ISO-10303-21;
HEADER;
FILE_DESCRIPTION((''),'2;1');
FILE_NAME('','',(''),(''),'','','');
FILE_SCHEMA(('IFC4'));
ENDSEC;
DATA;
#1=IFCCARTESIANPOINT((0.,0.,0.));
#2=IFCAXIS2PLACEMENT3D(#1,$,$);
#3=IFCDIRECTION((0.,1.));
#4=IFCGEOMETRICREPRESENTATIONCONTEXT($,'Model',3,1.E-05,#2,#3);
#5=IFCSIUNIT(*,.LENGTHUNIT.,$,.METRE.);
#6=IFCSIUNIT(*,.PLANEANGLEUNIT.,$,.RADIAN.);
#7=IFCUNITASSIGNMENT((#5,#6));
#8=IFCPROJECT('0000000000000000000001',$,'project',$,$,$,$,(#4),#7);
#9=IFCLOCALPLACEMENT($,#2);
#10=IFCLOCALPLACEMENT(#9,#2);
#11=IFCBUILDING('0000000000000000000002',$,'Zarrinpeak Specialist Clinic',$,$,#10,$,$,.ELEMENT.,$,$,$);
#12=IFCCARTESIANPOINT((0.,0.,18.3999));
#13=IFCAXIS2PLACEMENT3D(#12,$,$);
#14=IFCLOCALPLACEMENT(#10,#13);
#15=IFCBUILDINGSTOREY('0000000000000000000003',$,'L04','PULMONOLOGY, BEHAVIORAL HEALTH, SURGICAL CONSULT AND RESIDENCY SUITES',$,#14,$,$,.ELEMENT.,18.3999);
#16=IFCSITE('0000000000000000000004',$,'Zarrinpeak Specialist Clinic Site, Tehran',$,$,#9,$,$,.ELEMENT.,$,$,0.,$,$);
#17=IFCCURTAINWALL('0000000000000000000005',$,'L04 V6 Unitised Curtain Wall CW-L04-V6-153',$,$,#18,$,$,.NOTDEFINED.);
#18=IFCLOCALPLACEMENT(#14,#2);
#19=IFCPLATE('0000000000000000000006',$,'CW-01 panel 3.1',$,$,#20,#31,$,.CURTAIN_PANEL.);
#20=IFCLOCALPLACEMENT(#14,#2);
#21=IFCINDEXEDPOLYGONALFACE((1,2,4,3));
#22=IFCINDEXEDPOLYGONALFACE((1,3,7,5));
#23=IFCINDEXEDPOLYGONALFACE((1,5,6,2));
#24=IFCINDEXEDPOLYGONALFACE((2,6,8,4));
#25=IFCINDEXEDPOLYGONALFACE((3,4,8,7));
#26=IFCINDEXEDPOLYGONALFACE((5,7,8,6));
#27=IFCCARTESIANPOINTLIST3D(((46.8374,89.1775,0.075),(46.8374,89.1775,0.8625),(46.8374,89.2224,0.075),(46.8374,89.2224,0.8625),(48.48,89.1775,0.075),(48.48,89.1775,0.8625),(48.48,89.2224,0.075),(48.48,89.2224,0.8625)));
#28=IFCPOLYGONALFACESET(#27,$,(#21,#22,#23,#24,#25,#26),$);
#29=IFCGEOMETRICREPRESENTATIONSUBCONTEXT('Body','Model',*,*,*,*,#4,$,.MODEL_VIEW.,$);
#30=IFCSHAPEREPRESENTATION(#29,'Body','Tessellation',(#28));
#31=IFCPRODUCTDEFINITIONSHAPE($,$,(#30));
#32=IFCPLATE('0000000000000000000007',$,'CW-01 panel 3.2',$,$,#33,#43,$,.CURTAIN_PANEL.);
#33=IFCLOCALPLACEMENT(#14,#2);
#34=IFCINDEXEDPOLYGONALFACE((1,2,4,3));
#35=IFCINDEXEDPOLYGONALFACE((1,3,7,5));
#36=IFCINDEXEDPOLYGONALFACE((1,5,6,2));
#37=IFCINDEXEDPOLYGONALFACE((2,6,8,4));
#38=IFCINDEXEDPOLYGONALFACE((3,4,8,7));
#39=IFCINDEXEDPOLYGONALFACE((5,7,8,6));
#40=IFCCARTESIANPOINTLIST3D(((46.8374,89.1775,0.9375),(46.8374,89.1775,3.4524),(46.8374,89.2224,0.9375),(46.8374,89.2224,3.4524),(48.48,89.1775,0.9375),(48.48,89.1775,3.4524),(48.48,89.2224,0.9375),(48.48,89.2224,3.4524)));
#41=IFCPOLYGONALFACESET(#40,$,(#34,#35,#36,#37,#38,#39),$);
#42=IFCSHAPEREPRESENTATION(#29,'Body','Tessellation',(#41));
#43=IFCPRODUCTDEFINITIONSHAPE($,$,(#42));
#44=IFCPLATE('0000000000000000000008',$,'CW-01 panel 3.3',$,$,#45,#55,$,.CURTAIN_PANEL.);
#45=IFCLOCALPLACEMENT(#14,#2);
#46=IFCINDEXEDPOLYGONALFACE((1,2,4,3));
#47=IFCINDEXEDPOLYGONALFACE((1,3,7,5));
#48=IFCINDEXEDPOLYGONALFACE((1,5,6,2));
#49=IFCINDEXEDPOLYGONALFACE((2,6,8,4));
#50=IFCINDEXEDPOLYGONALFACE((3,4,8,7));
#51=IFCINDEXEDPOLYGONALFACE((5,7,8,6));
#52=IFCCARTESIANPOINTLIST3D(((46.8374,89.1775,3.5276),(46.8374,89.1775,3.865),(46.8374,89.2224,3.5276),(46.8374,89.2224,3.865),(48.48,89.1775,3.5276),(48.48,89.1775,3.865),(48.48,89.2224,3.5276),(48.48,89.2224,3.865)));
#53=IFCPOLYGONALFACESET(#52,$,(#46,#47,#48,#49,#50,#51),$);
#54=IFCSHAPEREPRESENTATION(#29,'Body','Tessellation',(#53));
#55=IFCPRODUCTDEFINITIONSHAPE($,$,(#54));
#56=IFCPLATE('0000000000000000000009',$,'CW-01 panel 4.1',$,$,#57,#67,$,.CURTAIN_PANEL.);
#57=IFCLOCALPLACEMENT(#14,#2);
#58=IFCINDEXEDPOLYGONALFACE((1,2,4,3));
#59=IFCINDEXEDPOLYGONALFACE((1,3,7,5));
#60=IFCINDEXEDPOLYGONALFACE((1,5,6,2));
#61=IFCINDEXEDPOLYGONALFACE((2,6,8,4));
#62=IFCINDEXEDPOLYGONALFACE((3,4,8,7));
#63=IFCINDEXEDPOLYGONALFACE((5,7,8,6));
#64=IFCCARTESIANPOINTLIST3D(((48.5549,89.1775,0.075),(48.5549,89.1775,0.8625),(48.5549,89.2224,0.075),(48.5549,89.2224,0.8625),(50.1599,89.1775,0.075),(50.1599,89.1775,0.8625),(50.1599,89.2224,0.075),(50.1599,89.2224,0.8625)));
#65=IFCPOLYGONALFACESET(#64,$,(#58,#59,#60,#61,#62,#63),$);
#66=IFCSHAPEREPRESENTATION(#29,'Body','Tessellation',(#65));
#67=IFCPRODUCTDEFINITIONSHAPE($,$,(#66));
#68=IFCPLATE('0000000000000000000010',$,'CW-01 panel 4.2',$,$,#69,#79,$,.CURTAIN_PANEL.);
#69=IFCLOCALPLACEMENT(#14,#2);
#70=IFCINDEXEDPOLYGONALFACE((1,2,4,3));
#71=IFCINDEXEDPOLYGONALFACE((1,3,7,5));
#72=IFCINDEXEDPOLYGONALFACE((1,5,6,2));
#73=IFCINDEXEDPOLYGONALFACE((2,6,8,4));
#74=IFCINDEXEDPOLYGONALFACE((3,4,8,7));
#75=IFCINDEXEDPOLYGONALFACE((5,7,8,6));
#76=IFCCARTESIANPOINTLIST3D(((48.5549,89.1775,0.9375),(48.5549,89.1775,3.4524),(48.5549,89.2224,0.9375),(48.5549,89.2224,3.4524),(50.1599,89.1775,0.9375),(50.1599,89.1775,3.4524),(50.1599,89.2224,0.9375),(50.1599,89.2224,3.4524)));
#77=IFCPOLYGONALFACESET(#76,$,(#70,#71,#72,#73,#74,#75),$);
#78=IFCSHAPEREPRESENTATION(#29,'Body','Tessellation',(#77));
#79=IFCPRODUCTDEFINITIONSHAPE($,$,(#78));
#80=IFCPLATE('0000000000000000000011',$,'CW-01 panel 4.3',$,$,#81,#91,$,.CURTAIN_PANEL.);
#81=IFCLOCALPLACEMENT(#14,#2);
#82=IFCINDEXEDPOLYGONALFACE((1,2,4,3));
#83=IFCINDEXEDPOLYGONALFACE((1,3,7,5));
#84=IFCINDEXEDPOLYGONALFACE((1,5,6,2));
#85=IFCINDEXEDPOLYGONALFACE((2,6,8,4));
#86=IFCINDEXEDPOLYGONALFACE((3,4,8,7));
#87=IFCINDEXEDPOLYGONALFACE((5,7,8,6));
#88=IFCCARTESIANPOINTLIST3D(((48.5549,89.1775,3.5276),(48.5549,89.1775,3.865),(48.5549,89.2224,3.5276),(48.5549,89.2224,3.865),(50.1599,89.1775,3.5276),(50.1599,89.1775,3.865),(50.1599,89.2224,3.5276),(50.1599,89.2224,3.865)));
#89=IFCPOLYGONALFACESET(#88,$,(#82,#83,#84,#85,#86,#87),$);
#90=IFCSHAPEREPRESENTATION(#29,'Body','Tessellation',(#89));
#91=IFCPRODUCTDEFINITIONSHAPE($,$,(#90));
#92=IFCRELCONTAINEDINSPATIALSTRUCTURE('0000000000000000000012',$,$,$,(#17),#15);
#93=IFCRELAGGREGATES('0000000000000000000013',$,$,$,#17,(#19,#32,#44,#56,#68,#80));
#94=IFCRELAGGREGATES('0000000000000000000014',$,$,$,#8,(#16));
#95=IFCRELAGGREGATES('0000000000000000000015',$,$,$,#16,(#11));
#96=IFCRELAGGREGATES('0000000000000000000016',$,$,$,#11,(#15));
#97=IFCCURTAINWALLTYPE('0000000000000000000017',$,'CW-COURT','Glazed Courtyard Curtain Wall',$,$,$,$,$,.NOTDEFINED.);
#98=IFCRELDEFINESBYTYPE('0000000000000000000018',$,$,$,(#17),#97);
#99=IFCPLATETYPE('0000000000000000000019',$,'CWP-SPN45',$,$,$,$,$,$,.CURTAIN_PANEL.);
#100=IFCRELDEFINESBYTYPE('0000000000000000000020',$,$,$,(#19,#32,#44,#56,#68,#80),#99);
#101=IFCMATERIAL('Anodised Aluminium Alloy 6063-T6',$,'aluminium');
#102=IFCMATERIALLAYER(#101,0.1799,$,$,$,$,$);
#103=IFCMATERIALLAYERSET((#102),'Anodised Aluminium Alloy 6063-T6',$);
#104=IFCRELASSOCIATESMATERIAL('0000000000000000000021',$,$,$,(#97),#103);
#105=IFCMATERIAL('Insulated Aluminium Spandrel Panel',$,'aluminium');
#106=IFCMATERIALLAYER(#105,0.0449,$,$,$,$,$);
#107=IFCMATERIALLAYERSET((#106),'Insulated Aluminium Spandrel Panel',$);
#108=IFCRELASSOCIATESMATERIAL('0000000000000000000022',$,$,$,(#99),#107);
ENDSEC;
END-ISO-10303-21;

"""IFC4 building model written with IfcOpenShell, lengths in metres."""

from ifc_helpers import new_model, si_unit, direction, frame, origin, origin_2d, place, context, subcontext, project, spatial, rectangle, extrude, material, layer, layer_set, type_object, element, aggregate, save


model = new_model("IFC4")

# Units and contexts
model_context = context("Model", 3, precision=1e-05, world=origin(), true_north=direction((0.0, 1.0)))
body_context = subcontext(model_context, "Body", "Model", "MODEL_VIEW")
ifc_project = project(units=[si_unit("LENGTHUNIT", "METRE"), si_unit("PLANEANGLEUNIT", "RADIAN")], contexts=[model_context])

# Site, building, storey
site_placement = place(None, origin())
site = spatial("IfcSite", under=ifc_project, at=site_placement, Name="Zarrinpeak Specialist Clinic Site, Tehran", CompositionType="ELEMENT", RefElevation=0.0)
building_placement = place(site_placement, origin())
building = spatial("IfcBuilding", under=site, at=building_placement, Name="Zarrinpeak Specialist Clinic", CompositionType="ELEMENT")
storey_placement = place(building_placement, frame((0.0, 0.0, 18.3999)))
storey = spatial("IfcBuildingStorey", under=building, at=storey_placement, Name="L04", Description="PULMONOLOGY, BEHAVIORAL HEALTH, SURGICAL CONSULT AND RESIDENCY SUITES", CompositionType="ELEMENT", Elevation=18.3999)

# Curtain wall
ifc_material_1 = material(Name="Anodised Aluminium Alloy 6063-T6", Category="aluminium")
ifc_layer_1 = layer(ifc_material_1, 0.1799)
ifc_layer_set_1 = layer_set([ifc_layer_1], Name="Anodised Aluminium Alloy 6063-T6")
curtain_wall_type = type_object("IfcCurtainWallType", Name="CW-COURT", Description="Glazed Courtyard Curtain Wall", PredefinedType="NOTDEFINED", material=ifc_layer_set_1)
curtain_wall_1_placement = place(storey_placement, origin())
curtain_wall_1 = element("IfcCurtainWall", 1, at=curtain_wall_1_placement, inside=storey, type_object=curtain_wall_type, Name="L04 V6 Unitised Curtain Wall CW-L04-V6-153", PredefinedType="NOTDEFINED")

# Plates
ifc_material_2 = material(Name="Insulated Aluminium Spandrel Panel", Category="aluminium")
ifc_layer_2 = layer(ifc_material_2, 0.0449)
ifc_layer_set_2 = layer_set([ifc_layer_2], Name="Insulated Aluminium Spandrel Panel")
plate_type = type_object("IfcPlateType", Name="CWP-SPN45", PredefinedType="CURTAIN_PANEL", material=ifc_layer_set_2)
plate_1_placement = place(storey_placement, frame((47.6587, 89.2, 0.075), z_axis=(0.0, 0.0, 1.0), x_axis=(1.0, 0.0, 0.0)))
plate_1 = element("IfcPlate", 2, at=plate_1_placement, type_object=plate_type, Name="CW-01 panel 3.1", PredefinedType="CURTAIN_PANEL", context=body_context, shape_type="SweptSolid", body=[
    extrude(rectangle(XDim=1.6426, YDim=0.0449, at=origin_2d()), origin(), (0.0, 0.0, 1.0), 0.7876),
])
plate_2_placement = place(storey_placement, frame((47.6587, 89.2, 0.9375), z_axis=(0.0, 0.0, 1.0), x_axis=(1.0, 0.0, 0.0)))
plate_2 = element("IfcPlate", 3, at=plate_2_placement, type_object=plate_type, Name="CW-01 panel 3.2", PredefinedType="CURTAIN_PANEL", context=body_context, shape_type="SweptSolid", body=[
    extrude(rectangle(XDim=1.6426, YDim=0.0449, at=origin_2d()), origin(), (0.0, 0.0, 1.0), 2.5149),
])
plate_3_placement = place(storey_placement, frame((47.6587, 89.2, 3.5276), z_axis=(0.0, 0.0, 1.0), x_axis=(1.0, 0.0, 0.0)))
plate_3 = element("IfcPlate", 4, at=plate_3_placement, type_object=plate_type, Name="CW-01 panel 3.3", PredefinedType="CURTAIN_PANEL", context=body_context, shape_type="SweptSolid", body=[
    extrude(rectangle(XDim=1.6426, YDim=0.0449, at=origin_2d()), origin(), (0.0, 0.0, 1.0), 0.3374),
])
plate_4_placement = place(storey_placement, frame((49.3574, 89.2, 0.075), z_axis=(0.0, 0.0, 1.0), x_axis=(1.0, 0.0, 0.0)))
plate_4 = element("IfcPlate", 5, at=plate_4_placement, type_object=plate_type, Name="CW-01 panel 4.1", PredefinedType="CURTAIN_PANEL", context=body_context, shape_type="SweptSolid", body=[
    extrude(rectangle(XDim=1.605, YDim=0.0449, at=origin_2d()), origin(), (0.0, 0.0, 1.0), 0.7876),
])
plate_5_placement = place(storey_placement, frame((49.3574, 89.2, 0.9375), z_axis=(0.0, 0.0, 1.0), x_axis=(1.0, 0.0, 0.0)))
plate_5 = element("IfcPlate", 6, at=plate_5_placement, type_object=plate_type, Name="CW-01 panel 4.2", PredefinedType="CURTAIN_PANEL", context=body_context, shape_type="SweptSolid", body=[
    extrude(rectangle(XDim=1.605, YDim=0.0449, at=origin_2d()), origin(), (0.0, 0.0, 1.0), 2.5149),
])
plate_6_placement = place(storey_placement, frame((49.3574, 89.2, 3.5276), z_axis=(0.0, 0.0, 1.0), x_axis=(1.0, 0.0, 0.0)))
plate_6 = element("IfcPlate", 7, at=plate_6_placement, type_object=plate_type, Name="CW-01 panel 4.3", PredefinedType="CURTAIN_PANEL", context=body_context, shape_type="SweptSolid", body=[
    extrude(rectangle(XDim=1.605, YDim=0.0449, at=origin_2d()), origin(), (0.0, 0.0, 1.0), 0.3374),
])
aggregate(curtain_wall_1, [plate_1, plate_2, plate_3, plate_4, plate_5, plate_6])

save(model, "model.ifc")
